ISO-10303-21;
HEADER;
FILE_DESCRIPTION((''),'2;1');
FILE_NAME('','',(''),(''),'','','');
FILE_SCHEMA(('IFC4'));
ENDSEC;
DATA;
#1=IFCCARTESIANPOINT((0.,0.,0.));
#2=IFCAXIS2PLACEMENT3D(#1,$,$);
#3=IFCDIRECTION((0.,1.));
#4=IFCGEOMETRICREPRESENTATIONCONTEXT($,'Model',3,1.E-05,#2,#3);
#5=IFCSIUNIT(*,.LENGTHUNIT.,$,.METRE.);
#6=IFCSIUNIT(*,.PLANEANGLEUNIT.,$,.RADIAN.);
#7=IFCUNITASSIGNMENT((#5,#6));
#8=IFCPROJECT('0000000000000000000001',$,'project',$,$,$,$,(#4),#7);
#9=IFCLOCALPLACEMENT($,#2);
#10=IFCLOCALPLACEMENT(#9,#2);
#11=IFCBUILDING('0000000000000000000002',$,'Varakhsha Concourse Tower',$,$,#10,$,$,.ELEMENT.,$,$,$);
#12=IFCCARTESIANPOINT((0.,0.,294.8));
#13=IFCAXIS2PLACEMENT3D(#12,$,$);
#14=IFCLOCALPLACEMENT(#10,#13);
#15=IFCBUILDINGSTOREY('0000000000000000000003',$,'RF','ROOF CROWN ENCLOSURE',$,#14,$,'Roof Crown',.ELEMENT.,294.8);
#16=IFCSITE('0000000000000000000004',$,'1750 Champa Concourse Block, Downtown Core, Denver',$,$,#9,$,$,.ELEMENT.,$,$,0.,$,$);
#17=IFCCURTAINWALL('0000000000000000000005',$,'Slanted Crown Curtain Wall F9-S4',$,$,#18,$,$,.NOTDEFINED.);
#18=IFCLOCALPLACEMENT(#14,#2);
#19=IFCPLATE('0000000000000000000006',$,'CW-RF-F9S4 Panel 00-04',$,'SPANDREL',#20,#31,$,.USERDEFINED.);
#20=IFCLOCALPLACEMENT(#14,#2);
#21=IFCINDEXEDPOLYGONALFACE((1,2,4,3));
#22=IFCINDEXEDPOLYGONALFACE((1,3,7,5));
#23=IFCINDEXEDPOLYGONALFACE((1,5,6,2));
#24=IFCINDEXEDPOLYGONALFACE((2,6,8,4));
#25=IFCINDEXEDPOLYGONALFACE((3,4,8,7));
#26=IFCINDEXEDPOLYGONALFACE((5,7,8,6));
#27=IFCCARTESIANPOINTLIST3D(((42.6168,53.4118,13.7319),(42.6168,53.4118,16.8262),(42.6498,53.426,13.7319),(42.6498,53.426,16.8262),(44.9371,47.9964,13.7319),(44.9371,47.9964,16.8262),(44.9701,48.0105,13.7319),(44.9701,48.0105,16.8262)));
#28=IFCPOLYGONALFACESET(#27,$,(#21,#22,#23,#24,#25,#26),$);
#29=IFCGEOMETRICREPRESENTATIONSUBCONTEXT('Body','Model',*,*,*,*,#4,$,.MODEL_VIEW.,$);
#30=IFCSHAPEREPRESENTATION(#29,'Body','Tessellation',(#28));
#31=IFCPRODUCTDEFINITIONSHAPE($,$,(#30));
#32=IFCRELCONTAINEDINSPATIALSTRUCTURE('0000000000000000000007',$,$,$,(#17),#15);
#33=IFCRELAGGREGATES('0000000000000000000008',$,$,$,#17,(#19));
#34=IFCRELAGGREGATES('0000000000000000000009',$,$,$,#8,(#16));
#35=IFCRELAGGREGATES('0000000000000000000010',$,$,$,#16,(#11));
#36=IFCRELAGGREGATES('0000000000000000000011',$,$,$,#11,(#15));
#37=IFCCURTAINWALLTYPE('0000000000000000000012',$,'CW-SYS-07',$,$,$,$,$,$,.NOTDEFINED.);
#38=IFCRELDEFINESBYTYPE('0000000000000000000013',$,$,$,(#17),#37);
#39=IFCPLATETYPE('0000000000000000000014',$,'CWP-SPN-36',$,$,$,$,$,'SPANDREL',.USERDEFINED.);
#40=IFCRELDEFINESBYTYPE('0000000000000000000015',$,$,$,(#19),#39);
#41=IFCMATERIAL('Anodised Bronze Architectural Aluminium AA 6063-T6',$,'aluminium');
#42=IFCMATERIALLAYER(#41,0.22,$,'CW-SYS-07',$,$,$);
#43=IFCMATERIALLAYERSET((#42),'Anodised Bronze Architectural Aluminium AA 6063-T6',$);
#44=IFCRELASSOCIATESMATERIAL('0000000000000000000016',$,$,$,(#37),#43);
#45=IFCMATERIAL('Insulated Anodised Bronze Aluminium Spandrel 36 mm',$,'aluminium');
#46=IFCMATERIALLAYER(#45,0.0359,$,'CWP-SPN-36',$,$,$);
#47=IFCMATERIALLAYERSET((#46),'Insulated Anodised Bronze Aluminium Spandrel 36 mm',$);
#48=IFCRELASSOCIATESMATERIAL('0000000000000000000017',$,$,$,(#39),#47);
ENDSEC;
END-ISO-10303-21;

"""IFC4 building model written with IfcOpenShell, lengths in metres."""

from ifc_helpers import new_model, si_unit, direction, frame, origin, origin_2d, place, context, subcontext, project, spatial, rectangle, extrude, source, transform, mapped, material, layer, layer_set, type_object, element, aggregate, save


model = new_model("IFC4")

# Units and contexts
model_context = context("Model", 3, precision=1e-05, world=origin(), true_north=direction((0.0, 1.0)))
body_context = subcontext(model_context, "Body", "Model", "MODEL_VIEW")
ifc_project = project(units=[si_unit("LENGTHUNIT", "METRE"), si_unit("PLANEANGLEUNIT", "RADIAN")], contexts=[model_context])

# Site, building, storey
site_placement = place(None, origin())
site = spatial("IfcSite", under=ifc_project, at=site_placement, Name="1750 Champa Concourse Block, Downtown Core, Denver", CompositionType="ELEMENT", RefElevation=0.0)
building_placement = place(site_placement, origin())
building = spatial("IfcBuilding", under=site, at=building_placement, Name="Varakhsha Concourse Tower", CompositionType="ELEMENT")
storey_placement = place(building_placement, frame((0.0, 0.0, 294.8)))
storey = spatial("IfcBuildingStorey", under=building, at=storey_placement, Name="RF", Description="ROOF CROWN ENCLOSURE", LongName="Roof Crown", CompositionType="ELEMENT", Elevation=294.8)

# Curtain wall
ifc_material_1 = material(Name="Anodised Bronze Architectural Aluminium AA 6063-T6", Category="aluminium")
ifc_layer_1 = layer(ifc_material_1, 0.22, Name="CW-SYS-07")
ifc_layer_set_1 = layer_set([ifc_layer_1], Name="Anodised Bronze Architectural Aluminium AA 6063-T6")
curtain_wall_type = type_object("IfcCurtainWallType", Name="CW-SYS-07", PredefinedType="NOTDEFINED", material=ifc_layer_set_1)
curtain_wall_1_placement = place(storey_placement, origin())
curtain_wall_1 = element("IfcCurtainWall", 1, at=curtain_wall_1_placement, inside=storey, type_object=curtain_wall_type, Name="Slanted Crown Curtain Wall F9-S4", PredefinedType="NOTDEFINED")

# Shared definitions
ifc_material_2 = material(Name="Insulated Anodised Bronze Aluminium Spandrel 36 mm", Category="aluminium")
ifc_layer_2 = layer(ifc_material_2, 0.0359, Name="CWP-SPN-36")
ifc_layer_set_2 = layer_set([ifc_layer_2], Name="Insulated Anodised Bronze Aluminium Spandrel 36 mm")
plate_type_1 = type_object("IfcPlateType", Name="CWP-SPN-36", ElementType="SPANDREL", PredefinedType="USERDEFINED", material=ifc_layer_set_2)

# Plate
shared_shape_1 = source(origin(), body_context, "Body", "SweptSolid", [
    extrude(rectangle(XDim=5.8916, YDim=0.0359, at=origin_2d()), origin(), (0.0, 0.0, 1.0), 3.0942),
])
plate_1_placement = place(storey_placement, frame((43.7935, 50.7112, 13.7319), z_axis=(0.0, 0.0, 1.0), x_axis=(0.393841, -0.919179, 0.0)))
plate_1 = element("IfcPlate", 2, at=plate_1_placement, type_object=plate_type_1, Name="CW-RF-F9S4 Panel 00-04", ObjectType="SPANDREL", PredefinedType="USERDEFINED", context=body_context, shape_type="MappedRepresentation", body=[
    mapped(shared_shape_1, transform((0.0, 0.0, 0.0), scale=1.0)),
])
aggregate(curtain_wall_1, [plate_1])

save(model, "model.ifc")
